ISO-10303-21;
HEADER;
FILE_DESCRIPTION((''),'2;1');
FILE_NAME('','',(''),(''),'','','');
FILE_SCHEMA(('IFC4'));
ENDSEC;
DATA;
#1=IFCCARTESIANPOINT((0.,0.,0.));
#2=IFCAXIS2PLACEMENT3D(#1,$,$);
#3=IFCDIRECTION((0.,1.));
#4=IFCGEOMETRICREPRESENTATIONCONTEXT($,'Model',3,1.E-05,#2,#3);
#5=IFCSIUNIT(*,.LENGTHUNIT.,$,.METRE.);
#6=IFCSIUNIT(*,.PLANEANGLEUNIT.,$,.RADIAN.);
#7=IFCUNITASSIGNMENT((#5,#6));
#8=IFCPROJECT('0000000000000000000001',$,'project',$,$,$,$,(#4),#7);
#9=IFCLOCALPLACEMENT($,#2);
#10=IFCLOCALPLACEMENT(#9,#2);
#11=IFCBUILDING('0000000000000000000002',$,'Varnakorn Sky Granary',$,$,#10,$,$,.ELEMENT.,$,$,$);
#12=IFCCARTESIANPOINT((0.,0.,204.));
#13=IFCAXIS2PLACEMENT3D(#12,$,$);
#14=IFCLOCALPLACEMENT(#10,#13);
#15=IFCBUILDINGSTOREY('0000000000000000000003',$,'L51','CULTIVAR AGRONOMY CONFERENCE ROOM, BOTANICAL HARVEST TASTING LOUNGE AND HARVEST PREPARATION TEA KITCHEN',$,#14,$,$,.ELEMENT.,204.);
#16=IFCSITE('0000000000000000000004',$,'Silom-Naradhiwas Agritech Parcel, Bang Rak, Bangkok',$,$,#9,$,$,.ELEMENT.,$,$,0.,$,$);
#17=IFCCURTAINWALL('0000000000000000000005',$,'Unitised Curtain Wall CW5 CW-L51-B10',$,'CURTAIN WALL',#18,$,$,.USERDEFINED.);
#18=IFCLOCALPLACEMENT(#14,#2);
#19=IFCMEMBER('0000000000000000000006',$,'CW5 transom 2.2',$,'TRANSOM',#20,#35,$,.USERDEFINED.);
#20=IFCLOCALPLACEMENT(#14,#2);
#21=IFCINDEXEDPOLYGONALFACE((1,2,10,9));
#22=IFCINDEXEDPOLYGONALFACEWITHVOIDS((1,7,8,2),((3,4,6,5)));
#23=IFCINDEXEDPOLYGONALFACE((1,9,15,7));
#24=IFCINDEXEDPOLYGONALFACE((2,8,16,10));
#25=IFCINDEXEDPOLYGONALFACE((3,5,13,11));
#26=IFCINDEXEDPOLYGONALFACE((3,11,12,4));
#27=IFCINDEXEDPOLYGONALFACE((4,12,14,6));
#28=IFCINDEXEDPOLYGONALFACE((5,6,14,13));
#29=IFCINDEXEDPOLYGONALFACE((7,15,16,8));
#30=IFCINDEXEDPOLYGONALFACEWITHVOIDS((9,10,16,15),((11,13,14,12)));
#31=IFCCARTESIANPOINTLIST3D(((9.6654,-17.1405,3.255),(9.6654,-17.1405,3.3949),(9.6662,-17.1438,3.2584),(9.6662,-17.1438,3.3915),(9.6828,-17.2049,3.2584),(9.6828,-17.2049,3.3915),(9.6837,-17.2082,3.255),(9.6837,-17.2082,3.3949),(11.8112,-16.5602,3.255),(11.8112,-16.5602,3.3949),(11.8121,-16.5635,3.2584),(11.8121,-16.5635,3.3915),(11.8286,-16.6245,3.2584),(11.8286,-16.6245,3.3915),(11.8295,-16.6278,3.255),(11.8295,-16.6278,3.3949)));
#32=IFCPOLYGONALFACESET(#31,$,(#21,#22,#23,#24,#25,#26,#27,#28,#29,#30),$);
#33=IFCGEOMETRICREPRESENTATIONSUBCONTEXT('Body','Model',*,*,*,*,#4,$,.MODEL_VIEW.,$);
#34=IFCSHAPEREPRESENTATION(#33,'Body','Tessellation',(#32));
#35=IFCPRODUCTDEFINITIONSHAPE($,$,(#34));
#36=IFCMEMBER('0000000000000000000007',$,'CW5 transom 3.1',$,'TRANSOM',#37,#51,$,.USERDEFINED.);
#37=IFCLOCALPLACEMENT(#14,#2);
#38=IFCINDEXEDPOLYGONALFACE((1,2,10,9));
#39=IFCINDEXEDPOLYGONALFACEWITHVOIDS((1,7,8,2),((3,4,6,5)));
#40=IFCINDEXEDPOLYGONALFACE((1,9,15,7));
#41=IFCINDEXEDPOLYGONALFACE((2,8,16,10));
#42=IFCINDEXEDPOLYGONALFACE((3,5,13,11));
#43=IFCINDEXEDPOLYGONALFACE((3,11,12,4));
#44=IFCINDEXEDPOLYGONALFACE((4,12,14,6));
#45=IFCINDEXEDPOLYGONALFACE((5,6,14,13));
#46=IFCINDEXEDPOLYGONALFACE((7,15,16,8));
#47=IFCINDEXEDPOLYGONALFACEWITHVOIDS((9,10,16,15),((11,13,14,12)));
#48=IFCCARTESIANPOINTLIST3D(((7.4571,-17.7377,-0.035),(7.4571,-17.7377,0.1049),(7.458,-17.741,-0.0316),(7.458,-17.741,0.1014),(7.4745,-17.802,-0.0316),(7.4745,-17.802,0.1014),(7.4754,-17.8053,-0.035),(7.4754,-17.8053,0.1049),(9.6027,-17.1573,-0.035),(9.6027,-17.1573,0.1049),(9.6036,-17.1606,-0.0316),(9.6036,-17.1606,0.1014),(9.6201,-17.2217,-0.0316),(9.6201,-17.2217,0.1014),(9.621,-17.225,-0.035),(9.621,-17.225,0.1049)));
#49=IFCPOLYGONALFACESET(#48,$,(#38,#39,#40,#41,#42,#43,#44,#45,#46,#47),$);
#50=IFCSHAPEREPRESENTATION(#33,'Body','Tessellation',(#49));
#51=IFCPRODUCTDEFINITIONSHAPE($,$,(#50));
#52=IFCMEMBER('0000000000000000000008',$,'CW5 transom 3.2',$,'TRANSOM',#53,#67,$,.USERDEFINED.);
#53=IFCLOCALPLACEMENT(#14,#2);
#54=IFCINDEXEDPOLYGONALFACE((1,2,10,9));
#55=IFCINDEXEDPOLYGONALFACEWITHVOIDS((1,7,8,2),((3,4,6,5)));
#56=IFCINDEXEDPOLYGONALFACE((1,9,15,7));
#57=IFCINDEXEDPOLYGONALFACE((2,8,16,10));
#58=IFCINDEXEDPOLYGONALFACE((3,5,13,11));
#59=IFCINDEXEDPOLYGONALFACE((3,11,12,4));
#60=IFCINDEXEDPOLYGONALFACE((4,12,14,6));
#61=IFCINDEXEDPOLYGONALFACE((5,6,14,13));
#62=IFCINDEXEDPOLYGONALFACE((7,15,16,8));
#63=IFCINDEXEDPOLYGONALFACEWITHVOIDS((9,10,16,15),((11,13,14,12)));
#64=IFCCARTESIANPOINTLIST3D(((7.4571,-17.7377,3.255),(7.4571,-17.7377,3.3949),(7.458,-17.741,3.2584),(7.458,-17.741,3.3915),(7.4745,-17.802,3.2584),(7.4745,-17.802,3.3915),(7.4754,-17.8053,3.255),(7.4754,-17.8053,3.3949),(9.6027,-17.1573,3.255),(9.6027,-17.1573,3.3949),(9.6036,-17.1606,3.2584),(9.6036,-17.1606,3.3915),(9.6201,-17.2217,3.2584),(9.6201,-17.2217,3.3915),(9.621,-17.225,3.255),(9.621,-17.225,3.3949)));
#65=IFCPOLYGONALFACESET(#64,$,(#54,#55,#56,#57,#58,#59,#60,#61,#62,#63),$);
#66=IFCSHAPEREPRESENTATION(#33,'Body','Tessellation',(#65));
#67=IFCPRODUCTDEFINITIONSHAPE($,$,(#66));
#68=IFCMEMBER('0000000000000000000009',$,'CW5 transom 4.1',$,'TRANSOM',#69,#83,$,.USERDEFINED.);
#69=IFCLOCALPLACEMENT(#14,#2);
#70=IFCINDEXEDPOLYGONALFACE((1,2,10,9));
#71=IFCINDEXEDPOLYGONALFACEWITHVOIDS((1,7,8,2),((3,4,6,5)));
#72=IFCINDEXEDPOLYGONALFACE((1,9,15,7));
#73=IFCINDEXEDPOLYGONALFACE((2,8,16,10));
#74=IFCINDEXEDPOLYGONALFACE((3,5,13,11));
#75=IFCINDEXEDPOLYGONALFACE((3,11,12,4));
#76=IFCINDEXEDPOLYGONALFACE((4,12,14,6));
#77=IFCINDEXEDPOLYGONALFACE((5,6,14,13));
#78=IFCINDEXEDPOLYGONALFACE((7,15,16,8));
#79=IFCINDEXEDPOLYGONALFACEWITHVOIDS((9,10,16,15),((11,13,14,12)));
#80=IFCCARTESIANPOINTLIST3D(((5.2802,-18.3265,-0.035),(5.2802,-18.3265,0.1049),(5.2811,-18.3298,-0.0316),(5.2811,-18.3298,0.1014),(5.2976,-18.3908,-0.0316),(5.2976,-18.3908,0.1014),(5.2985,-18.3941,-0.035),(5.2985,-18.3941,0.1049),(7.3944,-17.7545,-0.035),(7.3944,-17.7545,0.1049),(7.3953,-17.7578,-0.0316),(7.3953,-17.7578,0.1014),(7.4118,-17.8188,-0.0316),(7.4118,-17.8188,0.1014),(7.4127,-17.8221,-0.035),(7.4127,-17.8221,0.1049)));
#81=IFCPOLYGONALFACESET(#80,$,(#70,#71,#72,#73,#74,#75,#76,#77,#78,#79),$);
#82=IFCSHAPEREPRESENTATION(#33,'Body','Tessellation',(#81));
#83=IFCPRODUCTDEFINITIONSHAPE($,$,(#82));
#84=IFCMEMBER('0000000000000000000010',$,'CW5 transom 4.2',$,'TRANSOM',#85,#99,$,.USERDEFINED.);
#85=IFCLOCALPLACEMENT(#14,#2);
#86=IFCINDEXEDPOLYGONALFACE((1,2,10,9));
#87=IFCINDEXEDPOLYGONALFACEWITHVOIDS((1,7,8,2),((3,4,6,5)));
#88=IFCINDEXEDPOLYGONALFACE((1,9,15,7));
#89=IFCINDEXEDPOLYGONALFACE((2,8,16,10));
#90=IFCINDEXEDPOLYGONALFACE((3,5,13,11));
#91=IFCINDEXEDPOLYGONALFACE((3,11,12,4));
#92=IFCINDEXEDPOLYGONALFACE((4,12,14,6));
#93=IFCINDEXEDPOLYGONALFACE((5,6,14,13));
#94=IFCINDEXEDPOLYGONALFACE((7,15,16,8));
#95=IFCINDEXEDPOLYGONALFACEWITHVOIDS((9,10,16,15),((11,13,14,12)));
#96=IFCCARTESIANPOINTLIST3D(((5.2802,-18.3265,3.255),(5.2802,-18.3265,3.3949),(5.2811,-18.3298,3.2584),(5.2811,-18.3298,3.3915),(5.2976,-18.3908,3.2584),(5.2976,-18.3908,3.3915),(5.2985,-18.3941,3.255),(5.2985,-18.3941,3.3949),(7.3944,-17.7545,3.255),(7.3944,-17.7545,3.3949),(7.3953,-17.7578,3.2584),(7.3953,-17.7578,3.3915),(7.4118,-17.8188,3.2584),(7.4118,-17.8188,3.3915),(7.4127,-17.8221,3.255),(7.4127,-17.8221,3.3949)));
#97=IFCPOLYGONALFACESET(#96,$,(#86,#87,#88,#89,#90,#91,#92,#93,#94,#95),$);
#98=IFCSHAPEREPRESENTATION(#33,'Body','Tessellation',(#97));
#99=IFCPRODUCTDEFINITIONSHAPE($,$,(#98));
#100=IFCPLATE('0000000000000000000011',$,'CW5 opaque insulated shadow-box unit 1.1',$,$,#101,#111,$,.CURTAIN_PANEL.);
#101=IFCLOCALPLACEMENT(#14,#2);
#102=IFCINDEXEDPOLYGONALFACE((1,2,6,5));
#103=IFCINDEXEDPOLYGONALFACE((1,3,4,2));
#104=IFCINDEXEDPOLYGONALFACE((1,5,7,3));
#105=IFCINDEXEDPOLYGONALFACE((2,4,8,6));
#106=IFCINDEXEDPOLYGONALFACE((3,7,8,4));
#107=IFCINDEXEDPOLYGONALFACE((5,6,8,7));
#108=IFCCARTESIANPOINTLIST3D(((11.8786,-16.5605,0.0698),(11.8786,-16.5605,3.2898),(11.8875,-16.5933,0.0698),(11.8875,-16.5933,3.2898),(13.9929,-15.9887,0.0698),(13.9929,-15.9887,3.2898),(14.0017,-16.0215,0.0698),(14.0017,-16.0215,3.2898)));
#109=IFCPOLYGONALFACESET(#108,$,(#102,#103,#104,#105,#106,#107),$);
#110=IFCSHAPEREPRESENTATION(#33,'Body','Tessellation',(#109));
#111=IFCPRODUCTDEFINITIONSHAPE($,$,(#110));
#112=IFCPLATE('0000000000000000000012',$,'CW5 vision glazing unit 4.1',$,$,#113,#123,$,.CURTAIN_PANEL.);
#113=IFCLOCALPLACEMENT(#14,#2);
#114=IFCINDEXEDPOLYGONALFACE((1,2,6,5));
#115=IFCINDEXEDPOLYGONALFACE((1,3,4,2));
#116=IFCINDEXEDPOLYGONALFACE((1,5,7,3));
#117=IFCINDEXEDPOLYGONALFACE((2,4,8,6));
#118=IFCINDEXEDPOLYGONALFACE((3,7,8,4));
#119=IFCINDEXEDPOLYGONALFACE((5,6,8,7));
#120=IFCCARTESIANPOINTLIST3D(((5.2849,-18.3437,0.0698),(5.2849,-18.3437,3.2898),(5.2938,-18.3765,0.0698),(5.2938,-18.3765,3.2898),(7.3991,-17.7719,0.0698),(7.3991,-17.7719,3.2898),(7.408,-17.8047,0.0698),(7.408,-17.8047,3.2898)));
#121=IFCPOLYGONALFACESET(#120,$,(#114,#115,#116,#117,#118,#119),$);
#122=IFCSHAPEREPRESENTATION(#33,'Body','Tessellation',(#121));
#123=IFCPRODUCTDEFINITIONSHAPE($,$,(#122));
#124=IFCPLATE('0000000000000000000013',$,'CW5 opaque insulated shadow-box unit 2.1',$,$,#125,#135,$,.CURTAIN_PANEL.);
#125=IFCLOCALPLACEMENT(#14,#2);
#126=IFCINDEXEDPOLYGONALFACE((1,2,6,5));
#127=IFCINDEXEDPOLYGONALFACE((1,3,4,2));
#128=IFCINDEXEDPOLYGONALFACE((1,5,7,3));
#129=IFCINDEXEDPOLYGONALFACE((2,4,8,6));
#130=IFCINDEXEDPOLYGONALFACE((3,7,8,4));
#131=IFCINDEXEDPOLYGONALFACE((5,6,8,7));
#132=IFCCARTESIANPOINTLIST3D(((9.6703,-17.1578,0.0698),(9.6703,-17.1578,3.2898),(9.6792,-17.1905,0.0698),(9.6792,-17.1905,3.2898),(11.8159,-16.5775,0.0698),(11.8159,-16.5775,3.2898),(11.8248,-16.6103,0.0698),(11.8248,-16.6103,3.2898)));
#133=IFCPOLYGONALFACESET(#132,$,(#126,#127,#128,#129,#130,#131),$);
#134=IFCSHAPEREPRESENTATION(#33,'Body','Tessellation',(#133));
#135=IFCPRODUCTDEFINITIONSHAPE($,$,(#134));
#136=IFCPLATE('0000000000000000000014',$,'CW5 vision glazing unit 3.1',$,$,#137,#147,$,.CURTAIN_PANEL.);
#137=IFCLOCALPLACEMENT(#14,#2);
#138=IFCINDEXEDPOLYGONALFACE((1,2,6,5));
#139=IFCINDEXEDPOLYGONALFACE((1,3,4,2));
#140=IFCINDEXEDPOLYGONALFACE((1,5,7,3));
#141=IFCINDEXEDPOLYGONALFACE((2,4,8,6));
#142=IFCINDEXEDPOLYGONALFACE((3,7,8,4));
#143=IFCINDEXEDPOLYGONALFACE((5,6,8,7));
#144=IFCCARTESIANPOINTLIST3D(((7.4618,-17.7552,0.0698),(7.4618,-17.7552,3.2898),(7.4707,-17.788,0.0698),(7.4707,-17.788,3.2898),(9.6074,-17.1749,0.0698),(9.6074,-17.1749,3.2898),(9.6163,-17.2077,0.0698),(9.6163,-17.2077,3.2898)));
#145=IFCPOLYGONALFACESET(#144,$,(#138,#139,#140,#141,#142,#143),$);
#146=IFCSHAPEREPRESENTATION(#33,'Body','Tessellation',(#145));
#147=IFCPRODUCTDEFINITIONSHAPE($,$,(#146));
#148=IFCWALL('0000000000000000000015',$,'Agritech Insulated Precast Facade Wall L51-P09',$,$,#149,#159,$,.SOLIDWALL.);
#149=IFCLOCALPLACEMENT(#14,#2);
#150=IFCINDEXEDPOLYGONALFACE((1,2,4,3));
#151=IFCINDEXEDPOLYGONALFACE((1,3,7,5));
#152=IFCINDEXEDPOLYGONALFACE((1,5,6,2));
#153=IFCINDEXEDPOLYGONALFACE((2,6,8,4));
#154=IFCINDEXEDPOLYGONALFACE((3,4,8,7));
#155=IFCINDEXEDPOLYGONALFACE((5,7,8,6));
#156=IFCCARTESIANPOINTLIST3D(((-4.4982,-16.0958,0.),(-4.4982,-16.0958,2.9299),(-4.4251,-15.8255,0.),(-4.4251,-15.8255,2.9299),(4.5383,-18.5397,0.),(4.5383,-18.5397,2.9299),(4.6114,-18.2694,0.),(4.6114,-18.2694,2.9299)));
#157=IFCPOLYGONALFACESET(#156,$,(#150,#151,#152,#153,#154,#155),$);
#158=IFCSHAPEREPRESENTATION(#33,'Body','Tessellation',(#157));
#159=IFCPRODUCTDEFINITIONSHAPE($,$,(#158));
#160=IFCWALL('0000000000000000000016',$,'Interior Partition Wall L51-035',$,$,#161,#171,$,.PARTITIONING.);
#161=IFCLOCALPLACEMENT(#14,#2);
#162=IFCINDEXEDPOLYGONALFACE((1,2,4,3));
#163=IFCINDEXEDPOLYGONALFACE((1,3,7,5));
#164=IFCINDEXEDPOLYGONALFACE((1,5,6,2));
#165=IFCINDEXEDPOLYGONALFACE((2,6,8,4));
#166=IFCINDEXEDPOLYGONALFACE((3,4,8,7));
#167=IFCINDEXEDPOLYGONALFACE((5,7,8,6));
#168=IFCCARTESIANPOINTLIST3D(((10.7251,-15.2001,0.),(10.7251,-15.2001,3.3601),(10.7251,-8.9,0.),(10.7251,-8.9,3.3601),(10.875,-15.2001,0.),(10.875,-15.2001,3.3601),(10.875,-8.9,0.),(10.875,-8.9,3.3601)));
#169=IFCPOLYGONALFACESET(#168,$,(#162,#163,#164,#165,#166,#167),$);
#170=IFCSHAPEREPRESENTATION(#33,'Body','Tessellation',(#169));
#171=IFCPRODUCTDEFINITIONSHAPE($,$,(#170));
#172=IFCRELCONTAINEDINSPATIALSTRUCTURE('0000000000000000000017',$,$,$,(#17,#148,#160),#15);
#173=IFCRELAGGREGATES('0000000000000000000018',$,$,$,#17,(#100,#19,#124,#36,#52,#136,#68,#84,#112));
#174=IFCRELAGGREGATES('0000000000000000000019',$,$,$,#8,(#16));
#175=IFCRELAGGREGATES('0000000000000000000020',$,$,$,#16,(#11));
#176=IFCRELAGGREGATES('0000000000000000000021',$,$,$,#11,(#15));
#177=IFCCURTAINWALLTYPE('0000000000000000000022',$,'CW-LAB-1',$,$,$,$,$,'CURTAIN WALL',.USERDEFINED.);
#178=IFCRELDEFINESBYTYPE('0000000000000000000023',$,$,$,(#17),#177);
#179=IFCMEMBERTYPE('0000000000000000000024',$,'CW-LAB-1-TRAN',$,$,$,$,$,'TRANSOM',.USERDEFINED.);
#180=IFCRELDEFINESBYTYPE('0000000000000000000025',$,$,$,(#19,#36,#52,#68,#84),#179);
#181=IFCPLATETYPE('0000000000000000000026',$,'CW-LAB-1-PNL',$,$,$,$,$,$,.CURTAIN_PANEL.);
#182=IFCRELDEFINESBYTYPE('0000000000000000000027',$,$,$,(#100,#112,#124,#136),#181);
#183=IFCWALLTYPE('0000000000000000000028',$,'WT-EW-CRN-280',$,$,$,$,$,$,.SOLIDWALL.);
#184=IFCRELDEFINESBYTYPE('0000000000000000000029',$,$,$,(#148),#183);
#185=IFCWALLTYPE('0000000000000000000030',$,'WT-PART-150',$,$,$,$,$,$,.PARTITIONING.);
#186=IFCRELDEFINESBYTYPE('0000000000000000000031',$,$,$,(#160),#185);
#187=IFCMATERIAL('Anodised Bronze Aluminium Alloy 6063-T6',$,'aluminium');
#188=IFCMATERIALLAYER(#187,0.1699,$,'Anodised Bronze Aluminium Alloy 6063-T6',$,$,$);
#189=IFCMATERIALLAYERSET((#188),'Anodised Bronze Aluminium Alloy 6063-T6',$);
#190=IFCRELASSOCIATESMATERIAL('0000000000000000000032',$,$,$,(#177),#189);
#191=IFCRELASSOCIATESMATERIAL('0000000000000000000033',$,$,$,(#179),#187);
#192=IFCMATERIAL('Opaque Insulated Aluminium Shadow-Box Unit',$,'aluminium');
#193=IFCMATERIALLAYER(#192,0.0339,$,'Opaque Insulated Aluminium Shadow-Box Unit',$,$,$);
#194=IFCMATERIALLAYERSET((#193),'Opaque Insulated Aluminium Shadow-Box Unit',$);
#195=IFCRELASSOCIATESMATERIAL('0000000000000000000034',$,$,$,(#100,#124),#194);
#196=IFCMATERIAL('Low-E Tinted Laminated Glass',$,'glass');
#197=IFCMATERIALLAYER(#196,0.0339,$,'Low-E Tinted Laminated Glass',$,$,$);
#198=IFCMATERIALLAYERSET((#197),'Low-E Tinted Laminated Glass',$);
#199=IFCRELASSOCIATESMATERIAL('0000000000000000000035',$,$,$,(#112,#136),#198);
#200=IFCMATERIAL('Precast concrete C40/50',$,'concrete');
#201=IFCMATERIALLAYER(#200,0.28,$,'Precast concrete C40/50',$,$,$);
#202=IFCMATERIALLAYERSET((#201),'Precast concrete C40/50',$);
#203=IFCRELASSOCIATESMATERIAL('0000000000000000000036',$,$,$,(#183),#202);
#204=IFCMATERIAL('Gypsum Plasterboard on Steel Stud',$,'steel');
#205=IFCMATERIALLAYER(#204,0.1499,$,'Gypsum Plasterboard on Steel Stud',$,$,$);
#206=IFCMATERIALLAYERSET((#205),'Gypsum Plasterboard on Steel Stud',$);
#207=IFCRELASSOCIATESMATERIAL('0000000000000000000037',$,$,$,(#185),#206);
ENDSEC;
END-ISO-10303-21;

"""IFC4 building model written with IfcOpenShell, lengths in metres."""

from ifc_helpers import new_model, si_unit, direction, frame, frame_2d, origin, origin_2d, place, context, subcontext, project, spatial, rectangle, hollow_rectangle, extrude, source, transform, mapped, material, layer, layer_set, material_profile, profile_set, type_object, type_shapes, element, aggregate, save


model = new_model("IFC4")

# Units and contexts
model_context = context("Model", 3, precision=1e-05, world=origin(), true_north=direction((0.0, 1.0)))
body_context = subcontext(model_context, "Body", "Model", "MODEL_VIEW")
ifc_project = project(units=[si_unit("LENGTHUNIT", "METRE"), si_unit("PLANEANGLEUNIT", "RADIAN")], contexts=[model_context])

# Site, building, storey
site_placement = place(None, origin())
site = spatial("IfcSite", under=ifc_project, at=site_placement, Name="Silom-Naradhiwas Agritech Parcel, Bang Rak, Bangkok", CompositionType="ELEMENT", RefElevation=0.0)
building_placement = place(site_placement, origin())
building = spatial("IfcBuilding", under=site, at=building_placement, Name="Varnakorn Sky Granary", CompositionType="ELEMENT")
storey_placement = place(building_placement, frame((0.0, 0.0, 204.0)))
storey = spatial("IfcBuildingStorey", under=building, at=storey_placement, Name="L51", Description="CULTIVAR AGRONOMY CONFERENCE ROOM, BOTANICAL HARVEST TASTING LOUNGE AND HARVEST PREPARATION TEA KITCHEN", CompositionType="ELEMENT", Elevation=204.0)

# Curtain wall, members, plates
ifc_material_1 = material(Name="Anodised Bronze Aluminium Alloy 6063-T6", Category="aluminium")
ifc_layer_1 = layer(ifc_material_1, 0.1699, Name="Anodised Bronze Aluminium Alloy 6063-T6")
ifc_layer_set_1 = layer_set([ifc_layer_1], Name="Anodised Bronze Aluminium Alloy 6063-T6")
curtain_wall_type = type_object("IfcCurtainWallType", Name="CW-LAB-1", ElementType="CURTAIN WALL", PredefinedType="USERDEFINED", material=ifc_layer_set_1)
curtain_wall_placement = place(storey_placement, origin())
curtain_wall = element("IfcCurtainWall", 1, at=curtain_wall_placement, inside=storey, type_object=curtain_wall_type, Name="Unitised Curtain Wall CW5 CW-L51-B10", ObjectType="CURTAIN WALL", PredefinedType="USERDEFINED")
ifc_material_profile_1 = material_profile(ifc_material_1, hollow_rectangle(XDim=0.0701, YDim=0.1399, WallThickness=0.0034, at=origin_2d()), Name="ALU TRAN 70x140")
ifc_profile_set_1 = profile_set([ifc_material_profile_1], Name="Anodised Bronze Aluminium Alloy 6063-T6")
member_type_1 = type_object("IfcMemberType", Name="CW-LAB-1-TRAN", ElementType="TRANSOM", PredefinedType="USERDEFINED", material=ifc_profile_set_1)
member_1_placement = place(storey_placement, frame((11.8203, -16.594, 3.325), z_axis=(-0.965319, -0.261072, 0.0), x_axis=(0.261072, -0.965319, 0.0)))
member_1 = element("IfcMember", 2, at=member_1_placement, type_object=member_type_1, Name="CW5 transom 2.2", ObjectType="TRANSOM", PredefinedType="USERDEFINED", context=body_context, shape_type="SweptSolid", body=[
    extrude(hollow_rectangle(XDim=0.0701, YDim=0.1399, WallThickness=0.0034, at=origin_2d()), origin(), (0.0, 0.0, 1.0), 2.2229),
])
member_2_placement = place(storey_placement, frame((9.6118, -17.1912, 0.0349), z_axis=(-0.965312, -0.2611, 0.0), x_axis=(0.2611, -0.965312, 0.0)))
member_2 = element("IfcMember", 3, at=member_2_placement, type_object=member_type_1, Name="CW5 transom 3.1", ObjectType="TRANSOM", PredefinedType="USERDEFINED", context=body_context, shape_type="SweptSolid", body=[
    extrude(hollow_rectangle(XDim=0.0701, YDim=0.1399, WallThickness=0.0034, at=origin_2d()), origin(), (0.0, 0.0, 1.0), 2.2227),
])
member_3_placement = place(storey_placement, frame((9.6118, -17.1912, 3.325), z_axis=(-0.965312, -0.2611, 0.0), x_axis=(0.2611, -0.965312, 0.0)))
member_3 = element("IfcMember", 4, at=member_3_placement, type_object=member_type_1, Name="CW5 transom 3.2", ObjectType="TRANSOM", PredefinedType="USERDEFINED", context=body_context, shape_type="SweptSolid", body=[
    extrude(hollow_rectangle(XDim=0.0701, YDim=0.1399, WallThickness=0.0034, at=origin_2d()), origin(), (0.0, 0.0, 1.0), 2.2227),
])
member_4_placement = place(storey_placement, frame((7.4036, -17.7883, 0.0349), z_axis=(-0.965294, -0.261164, 0.0), x_axis=(0.261164, -0.965294, 0.0)))
member_4 = element("IfcMember", 5, at=member_4_placement, type_object=member_type_1, Name="CW5 transom 4.1", ObjectType="TRANSOM", PredefinedType="USERDEFINED", context=body_context, shape_type="SweptSolid", body=[
    extrude(hollow_rectangle(XDim=0.0701, YDim=0.1399, WallThickness=0.0034, at=origin_2d()), origin(), (0.0, 0.0, 1.0), 2.1902),
])
member_5_placement = place(storey_placement, frame((7.4036, -17.7883, 3.325), z_axis=(-0.965294, -0.261164, 0.0), x_axis=(0.261164, -0.965294, 0.0)))
member_5 = element("IfcMember", 6, at=member_5_placement, type_object=member_type_1, Name="CW5 transom 4.2", ObjectType="TRANSOM", PredefinedType="USERDEFINED", context=body_context, shape_type="SweptSolid", body=[
    extrude(hollow_rectangle(XDim=0.0701, YDim=0.1399, WallThickness=0.0034, at=origin_2d()), origin(), (0.0, 0.0, 1.0), 2.1902),
])
ifc_material_2 = material(Name="Opaque Insulated Aluminium Shadow-Box Unit", Category="aluminium")
ifc_layer_2 = layer(ifc_material_2, 0.0339, Name="Opaque Insulated Aluminium Shadow-Box Unit")
ifc_layer_set_2 = layer_set([ifc_layer_2], Name="Opaque Insulated Aluminium Shadow-Box Unit")
plate_type = type_object("IfcPlateType", Name="CW-LAB-1-PNL", PredefinedType="CURTAIN_PANEL")
shared_shape_1 = source(origin(), body_context, "Body", "SweptSolid", [
    extrude(rectangle(XDim=2.1902, YDim=0.0339, at=origin_2d()), origin(), (0.0, 0.0, 1.0), 3.22),
])
plate_1_placement = place(storey_placement, frame((12.9402, -16.291, 0.0698), z_axis=(0.0, 0.0, 1.0), x_axis=(-0.96532, -0.261069, 0.0)))
plate_1 = element("IfcPlate", 7, at=plate_1_placement, type_object=plate_type, material=ifc_layer_set_2, Name="CW5 opaque insulated shadow-box unit 1.1", PredefinedType="CURTAIN_PANEL", context=body_context, shape_type="MappedRepresentation", body=[
    mapped(shared_shape_1, transform((0.0, 0.0, 0.0), x_axis=(1.0, 0.0, 0.0), y_axis=(0.0, 1.0, 0.0), z_axis=(0.0, 0.0, 1.0), scale=1.0)),
])
ifc_material_3 = material(Name="Low-E Tinted Laminated Glass", Category="glass")
ifc_layer_3 = layer(ifc_material_3, 0.0339, Name="Low-E Tinted Laminated Glass")
ifc_layer_set_3 = layer_set([ifc_layer_3], Name="Low-E Tinted Laminated Glass")
plate_2_placement = place(storey_placement, frame((6.3464, -18.0742, 0.0698), z_axis=(0.0, 0.0, 1.0), x_axis=(-0.96532, -0.261069, 0.0)))
plate_2 = element("IfcPlate", 8, at=plate_2_placement, type_object=plate_type, material=ifc_layer_set_3, Name="CW5 vision glazing unit 4.1", PredefinedType="CURTAIN_PANEL", context=body_context, shape_type="MappedRepresentation", body=[
    mapped(shared_shape_1, transform((0.0, 0.0, 0.0), x_axis=(1.0, 0.0, 0.0), y_axis=(0.0, 1.0, 0.0), z_axis=(0.0, 0.0, 1.0), scale=1.0)),
])
shared_shape_2 = source(origin(), body_context, "Body", "SweptSolid", [
    extrude(rectangle(XDim=2.2227, YDim=0.0339, at=origin_2d()), origin(), (0.0, 0.0, 1.0), 3.22),
])
type_shapes(plate_type, [shared_shape_1, shared_shape_2])
plate_3_placement = place(storey_placement, frame((10.7476, -16.884, 0.0698), z_axis=(0.0, 0.0, 1.0), x_axis=(-0.96532, -0.261069, 0.0)))
plate_3 = element("IfcPlate", 9, at=plate_3_placement, type_object=plate_type, material=ifc_layer_set_2, Name="CW5 opaque insulated shadow-box unit 2.1", PredefinedType="CURTAIN_PANEL", context=body_context, shape_type="MappedRepresentation", body=[
    mapped(shared_shape_2, transform((0.0, 0.0, 0.0), x_axis=(1.0, 0.0, 0.0), y_axis=(0.0, 1.0, 0.0), z_axis=(0.0, 0.0, 1.0), scale=1.0)),
])
plate_4_placement = place(storey_placement, frame((8.5391, -17.4814, 0.0698), z_axis=(0.0, 0.0, 1.0), x_axis=(-0.96532, -0.261069, 0.0)))
plate_4 = element("IfcPlate", 10, at=plate_4_placement, type_object=plate_type, material=ifc_layer_set_3, Name="CW5 vision glazing unit 3.1", PredefinedType="CURTAIN_PANEL", context=body_context, shape_type="MappedRepresentation", body=[
    mapped(shared_shape_2, transform((0.0, 0.0, 0.0), x_axis=(1.0, 0.0, 0.0), y_axis=(0.0, 1.0, 0.0), z_axis=(0.0, 0.0, 1.0), scale=1.0)),
])
aggregate(curtain_wall, [plate_1, member_1, plate_3, member_2, member_3, plate_4, member_4, member_5, plate_2])

# Walls
ifc_material_4 = material(Name="Precast concrete C40/50", Category="concrete")
ifc_layer_4 = layer(ifc_material_4, 0.28, Name="Precast concrete C40/50")
ifc_layer_set_4 = layer_set([ifc_layer_4], Name="Precast concrete C40/50")
wall_type_1 = type_object("IfcWallType", Name="WT-EW-CRN-280", PredefinedType="SOLIDWALL", material=ifc_layer_set_4)
wall_1_placement = place(storey_placement, frame((4.575, -18.4045, 0.0), z_axis=(0.0, 0.0, 1.0), x_axis=(-0.965321, 0.261067, 0.0)))
element("IfcWall", 11, at=wall_1_placement, inside=storey, type_object=wall_type_1, Name="Agritech Insulated Precast Facade Wall L51-P09", PredefinedType="SOLIDWALL", context=body_context, shape_type="SweptSolid", body=[
    extrude(rectangle(XDim=9.3611, YDim=0.28, at=frame_2d((4.6807, 0.0))), origin(), (0.0, 0.0, 1.0), 2.9299),
])
ifc_material_5 = material(Name="Gypsum Plasterboard on Steel Stud", Category="steel")
ifc_layer_5 = layer(ifc_material_5, 0.1499, Name="Gypsum Plasterboard on Steel Stud")
ifc_layer_set_5 = layer_set([ifc_layer_5], Name="Gypsum Plasterboard on Steel Stud")
wall_type_2 = type_object("IfcWallType", Name="WT-PART-150", PredefinedType="PARTITIONING", material=ifc_layer_set_5)
wall_2_placement = place(storey_placement, frame((10.8, -15.2, 0.0), z_axis=(0.0, 0.0, 1.0), x_axis=(0.0, 1.0, 0.0)))
element("IfcWall", 12, at=wall_2_placement, inside=storey, type_object=wall_type_2, Name="Interior Partition Wall L51-035", PredefinedType="PARTITIONING", context=body_context, shape_type="SweptSolid", body=[
    extrude(rectangle(XDim=6.3, YDim=0.1499, at=frame_2d((3.1499, 0.0))), origin(), (0.0, 0.0, 1.0), 3.3601),
])

save(model, "model.ifc")
